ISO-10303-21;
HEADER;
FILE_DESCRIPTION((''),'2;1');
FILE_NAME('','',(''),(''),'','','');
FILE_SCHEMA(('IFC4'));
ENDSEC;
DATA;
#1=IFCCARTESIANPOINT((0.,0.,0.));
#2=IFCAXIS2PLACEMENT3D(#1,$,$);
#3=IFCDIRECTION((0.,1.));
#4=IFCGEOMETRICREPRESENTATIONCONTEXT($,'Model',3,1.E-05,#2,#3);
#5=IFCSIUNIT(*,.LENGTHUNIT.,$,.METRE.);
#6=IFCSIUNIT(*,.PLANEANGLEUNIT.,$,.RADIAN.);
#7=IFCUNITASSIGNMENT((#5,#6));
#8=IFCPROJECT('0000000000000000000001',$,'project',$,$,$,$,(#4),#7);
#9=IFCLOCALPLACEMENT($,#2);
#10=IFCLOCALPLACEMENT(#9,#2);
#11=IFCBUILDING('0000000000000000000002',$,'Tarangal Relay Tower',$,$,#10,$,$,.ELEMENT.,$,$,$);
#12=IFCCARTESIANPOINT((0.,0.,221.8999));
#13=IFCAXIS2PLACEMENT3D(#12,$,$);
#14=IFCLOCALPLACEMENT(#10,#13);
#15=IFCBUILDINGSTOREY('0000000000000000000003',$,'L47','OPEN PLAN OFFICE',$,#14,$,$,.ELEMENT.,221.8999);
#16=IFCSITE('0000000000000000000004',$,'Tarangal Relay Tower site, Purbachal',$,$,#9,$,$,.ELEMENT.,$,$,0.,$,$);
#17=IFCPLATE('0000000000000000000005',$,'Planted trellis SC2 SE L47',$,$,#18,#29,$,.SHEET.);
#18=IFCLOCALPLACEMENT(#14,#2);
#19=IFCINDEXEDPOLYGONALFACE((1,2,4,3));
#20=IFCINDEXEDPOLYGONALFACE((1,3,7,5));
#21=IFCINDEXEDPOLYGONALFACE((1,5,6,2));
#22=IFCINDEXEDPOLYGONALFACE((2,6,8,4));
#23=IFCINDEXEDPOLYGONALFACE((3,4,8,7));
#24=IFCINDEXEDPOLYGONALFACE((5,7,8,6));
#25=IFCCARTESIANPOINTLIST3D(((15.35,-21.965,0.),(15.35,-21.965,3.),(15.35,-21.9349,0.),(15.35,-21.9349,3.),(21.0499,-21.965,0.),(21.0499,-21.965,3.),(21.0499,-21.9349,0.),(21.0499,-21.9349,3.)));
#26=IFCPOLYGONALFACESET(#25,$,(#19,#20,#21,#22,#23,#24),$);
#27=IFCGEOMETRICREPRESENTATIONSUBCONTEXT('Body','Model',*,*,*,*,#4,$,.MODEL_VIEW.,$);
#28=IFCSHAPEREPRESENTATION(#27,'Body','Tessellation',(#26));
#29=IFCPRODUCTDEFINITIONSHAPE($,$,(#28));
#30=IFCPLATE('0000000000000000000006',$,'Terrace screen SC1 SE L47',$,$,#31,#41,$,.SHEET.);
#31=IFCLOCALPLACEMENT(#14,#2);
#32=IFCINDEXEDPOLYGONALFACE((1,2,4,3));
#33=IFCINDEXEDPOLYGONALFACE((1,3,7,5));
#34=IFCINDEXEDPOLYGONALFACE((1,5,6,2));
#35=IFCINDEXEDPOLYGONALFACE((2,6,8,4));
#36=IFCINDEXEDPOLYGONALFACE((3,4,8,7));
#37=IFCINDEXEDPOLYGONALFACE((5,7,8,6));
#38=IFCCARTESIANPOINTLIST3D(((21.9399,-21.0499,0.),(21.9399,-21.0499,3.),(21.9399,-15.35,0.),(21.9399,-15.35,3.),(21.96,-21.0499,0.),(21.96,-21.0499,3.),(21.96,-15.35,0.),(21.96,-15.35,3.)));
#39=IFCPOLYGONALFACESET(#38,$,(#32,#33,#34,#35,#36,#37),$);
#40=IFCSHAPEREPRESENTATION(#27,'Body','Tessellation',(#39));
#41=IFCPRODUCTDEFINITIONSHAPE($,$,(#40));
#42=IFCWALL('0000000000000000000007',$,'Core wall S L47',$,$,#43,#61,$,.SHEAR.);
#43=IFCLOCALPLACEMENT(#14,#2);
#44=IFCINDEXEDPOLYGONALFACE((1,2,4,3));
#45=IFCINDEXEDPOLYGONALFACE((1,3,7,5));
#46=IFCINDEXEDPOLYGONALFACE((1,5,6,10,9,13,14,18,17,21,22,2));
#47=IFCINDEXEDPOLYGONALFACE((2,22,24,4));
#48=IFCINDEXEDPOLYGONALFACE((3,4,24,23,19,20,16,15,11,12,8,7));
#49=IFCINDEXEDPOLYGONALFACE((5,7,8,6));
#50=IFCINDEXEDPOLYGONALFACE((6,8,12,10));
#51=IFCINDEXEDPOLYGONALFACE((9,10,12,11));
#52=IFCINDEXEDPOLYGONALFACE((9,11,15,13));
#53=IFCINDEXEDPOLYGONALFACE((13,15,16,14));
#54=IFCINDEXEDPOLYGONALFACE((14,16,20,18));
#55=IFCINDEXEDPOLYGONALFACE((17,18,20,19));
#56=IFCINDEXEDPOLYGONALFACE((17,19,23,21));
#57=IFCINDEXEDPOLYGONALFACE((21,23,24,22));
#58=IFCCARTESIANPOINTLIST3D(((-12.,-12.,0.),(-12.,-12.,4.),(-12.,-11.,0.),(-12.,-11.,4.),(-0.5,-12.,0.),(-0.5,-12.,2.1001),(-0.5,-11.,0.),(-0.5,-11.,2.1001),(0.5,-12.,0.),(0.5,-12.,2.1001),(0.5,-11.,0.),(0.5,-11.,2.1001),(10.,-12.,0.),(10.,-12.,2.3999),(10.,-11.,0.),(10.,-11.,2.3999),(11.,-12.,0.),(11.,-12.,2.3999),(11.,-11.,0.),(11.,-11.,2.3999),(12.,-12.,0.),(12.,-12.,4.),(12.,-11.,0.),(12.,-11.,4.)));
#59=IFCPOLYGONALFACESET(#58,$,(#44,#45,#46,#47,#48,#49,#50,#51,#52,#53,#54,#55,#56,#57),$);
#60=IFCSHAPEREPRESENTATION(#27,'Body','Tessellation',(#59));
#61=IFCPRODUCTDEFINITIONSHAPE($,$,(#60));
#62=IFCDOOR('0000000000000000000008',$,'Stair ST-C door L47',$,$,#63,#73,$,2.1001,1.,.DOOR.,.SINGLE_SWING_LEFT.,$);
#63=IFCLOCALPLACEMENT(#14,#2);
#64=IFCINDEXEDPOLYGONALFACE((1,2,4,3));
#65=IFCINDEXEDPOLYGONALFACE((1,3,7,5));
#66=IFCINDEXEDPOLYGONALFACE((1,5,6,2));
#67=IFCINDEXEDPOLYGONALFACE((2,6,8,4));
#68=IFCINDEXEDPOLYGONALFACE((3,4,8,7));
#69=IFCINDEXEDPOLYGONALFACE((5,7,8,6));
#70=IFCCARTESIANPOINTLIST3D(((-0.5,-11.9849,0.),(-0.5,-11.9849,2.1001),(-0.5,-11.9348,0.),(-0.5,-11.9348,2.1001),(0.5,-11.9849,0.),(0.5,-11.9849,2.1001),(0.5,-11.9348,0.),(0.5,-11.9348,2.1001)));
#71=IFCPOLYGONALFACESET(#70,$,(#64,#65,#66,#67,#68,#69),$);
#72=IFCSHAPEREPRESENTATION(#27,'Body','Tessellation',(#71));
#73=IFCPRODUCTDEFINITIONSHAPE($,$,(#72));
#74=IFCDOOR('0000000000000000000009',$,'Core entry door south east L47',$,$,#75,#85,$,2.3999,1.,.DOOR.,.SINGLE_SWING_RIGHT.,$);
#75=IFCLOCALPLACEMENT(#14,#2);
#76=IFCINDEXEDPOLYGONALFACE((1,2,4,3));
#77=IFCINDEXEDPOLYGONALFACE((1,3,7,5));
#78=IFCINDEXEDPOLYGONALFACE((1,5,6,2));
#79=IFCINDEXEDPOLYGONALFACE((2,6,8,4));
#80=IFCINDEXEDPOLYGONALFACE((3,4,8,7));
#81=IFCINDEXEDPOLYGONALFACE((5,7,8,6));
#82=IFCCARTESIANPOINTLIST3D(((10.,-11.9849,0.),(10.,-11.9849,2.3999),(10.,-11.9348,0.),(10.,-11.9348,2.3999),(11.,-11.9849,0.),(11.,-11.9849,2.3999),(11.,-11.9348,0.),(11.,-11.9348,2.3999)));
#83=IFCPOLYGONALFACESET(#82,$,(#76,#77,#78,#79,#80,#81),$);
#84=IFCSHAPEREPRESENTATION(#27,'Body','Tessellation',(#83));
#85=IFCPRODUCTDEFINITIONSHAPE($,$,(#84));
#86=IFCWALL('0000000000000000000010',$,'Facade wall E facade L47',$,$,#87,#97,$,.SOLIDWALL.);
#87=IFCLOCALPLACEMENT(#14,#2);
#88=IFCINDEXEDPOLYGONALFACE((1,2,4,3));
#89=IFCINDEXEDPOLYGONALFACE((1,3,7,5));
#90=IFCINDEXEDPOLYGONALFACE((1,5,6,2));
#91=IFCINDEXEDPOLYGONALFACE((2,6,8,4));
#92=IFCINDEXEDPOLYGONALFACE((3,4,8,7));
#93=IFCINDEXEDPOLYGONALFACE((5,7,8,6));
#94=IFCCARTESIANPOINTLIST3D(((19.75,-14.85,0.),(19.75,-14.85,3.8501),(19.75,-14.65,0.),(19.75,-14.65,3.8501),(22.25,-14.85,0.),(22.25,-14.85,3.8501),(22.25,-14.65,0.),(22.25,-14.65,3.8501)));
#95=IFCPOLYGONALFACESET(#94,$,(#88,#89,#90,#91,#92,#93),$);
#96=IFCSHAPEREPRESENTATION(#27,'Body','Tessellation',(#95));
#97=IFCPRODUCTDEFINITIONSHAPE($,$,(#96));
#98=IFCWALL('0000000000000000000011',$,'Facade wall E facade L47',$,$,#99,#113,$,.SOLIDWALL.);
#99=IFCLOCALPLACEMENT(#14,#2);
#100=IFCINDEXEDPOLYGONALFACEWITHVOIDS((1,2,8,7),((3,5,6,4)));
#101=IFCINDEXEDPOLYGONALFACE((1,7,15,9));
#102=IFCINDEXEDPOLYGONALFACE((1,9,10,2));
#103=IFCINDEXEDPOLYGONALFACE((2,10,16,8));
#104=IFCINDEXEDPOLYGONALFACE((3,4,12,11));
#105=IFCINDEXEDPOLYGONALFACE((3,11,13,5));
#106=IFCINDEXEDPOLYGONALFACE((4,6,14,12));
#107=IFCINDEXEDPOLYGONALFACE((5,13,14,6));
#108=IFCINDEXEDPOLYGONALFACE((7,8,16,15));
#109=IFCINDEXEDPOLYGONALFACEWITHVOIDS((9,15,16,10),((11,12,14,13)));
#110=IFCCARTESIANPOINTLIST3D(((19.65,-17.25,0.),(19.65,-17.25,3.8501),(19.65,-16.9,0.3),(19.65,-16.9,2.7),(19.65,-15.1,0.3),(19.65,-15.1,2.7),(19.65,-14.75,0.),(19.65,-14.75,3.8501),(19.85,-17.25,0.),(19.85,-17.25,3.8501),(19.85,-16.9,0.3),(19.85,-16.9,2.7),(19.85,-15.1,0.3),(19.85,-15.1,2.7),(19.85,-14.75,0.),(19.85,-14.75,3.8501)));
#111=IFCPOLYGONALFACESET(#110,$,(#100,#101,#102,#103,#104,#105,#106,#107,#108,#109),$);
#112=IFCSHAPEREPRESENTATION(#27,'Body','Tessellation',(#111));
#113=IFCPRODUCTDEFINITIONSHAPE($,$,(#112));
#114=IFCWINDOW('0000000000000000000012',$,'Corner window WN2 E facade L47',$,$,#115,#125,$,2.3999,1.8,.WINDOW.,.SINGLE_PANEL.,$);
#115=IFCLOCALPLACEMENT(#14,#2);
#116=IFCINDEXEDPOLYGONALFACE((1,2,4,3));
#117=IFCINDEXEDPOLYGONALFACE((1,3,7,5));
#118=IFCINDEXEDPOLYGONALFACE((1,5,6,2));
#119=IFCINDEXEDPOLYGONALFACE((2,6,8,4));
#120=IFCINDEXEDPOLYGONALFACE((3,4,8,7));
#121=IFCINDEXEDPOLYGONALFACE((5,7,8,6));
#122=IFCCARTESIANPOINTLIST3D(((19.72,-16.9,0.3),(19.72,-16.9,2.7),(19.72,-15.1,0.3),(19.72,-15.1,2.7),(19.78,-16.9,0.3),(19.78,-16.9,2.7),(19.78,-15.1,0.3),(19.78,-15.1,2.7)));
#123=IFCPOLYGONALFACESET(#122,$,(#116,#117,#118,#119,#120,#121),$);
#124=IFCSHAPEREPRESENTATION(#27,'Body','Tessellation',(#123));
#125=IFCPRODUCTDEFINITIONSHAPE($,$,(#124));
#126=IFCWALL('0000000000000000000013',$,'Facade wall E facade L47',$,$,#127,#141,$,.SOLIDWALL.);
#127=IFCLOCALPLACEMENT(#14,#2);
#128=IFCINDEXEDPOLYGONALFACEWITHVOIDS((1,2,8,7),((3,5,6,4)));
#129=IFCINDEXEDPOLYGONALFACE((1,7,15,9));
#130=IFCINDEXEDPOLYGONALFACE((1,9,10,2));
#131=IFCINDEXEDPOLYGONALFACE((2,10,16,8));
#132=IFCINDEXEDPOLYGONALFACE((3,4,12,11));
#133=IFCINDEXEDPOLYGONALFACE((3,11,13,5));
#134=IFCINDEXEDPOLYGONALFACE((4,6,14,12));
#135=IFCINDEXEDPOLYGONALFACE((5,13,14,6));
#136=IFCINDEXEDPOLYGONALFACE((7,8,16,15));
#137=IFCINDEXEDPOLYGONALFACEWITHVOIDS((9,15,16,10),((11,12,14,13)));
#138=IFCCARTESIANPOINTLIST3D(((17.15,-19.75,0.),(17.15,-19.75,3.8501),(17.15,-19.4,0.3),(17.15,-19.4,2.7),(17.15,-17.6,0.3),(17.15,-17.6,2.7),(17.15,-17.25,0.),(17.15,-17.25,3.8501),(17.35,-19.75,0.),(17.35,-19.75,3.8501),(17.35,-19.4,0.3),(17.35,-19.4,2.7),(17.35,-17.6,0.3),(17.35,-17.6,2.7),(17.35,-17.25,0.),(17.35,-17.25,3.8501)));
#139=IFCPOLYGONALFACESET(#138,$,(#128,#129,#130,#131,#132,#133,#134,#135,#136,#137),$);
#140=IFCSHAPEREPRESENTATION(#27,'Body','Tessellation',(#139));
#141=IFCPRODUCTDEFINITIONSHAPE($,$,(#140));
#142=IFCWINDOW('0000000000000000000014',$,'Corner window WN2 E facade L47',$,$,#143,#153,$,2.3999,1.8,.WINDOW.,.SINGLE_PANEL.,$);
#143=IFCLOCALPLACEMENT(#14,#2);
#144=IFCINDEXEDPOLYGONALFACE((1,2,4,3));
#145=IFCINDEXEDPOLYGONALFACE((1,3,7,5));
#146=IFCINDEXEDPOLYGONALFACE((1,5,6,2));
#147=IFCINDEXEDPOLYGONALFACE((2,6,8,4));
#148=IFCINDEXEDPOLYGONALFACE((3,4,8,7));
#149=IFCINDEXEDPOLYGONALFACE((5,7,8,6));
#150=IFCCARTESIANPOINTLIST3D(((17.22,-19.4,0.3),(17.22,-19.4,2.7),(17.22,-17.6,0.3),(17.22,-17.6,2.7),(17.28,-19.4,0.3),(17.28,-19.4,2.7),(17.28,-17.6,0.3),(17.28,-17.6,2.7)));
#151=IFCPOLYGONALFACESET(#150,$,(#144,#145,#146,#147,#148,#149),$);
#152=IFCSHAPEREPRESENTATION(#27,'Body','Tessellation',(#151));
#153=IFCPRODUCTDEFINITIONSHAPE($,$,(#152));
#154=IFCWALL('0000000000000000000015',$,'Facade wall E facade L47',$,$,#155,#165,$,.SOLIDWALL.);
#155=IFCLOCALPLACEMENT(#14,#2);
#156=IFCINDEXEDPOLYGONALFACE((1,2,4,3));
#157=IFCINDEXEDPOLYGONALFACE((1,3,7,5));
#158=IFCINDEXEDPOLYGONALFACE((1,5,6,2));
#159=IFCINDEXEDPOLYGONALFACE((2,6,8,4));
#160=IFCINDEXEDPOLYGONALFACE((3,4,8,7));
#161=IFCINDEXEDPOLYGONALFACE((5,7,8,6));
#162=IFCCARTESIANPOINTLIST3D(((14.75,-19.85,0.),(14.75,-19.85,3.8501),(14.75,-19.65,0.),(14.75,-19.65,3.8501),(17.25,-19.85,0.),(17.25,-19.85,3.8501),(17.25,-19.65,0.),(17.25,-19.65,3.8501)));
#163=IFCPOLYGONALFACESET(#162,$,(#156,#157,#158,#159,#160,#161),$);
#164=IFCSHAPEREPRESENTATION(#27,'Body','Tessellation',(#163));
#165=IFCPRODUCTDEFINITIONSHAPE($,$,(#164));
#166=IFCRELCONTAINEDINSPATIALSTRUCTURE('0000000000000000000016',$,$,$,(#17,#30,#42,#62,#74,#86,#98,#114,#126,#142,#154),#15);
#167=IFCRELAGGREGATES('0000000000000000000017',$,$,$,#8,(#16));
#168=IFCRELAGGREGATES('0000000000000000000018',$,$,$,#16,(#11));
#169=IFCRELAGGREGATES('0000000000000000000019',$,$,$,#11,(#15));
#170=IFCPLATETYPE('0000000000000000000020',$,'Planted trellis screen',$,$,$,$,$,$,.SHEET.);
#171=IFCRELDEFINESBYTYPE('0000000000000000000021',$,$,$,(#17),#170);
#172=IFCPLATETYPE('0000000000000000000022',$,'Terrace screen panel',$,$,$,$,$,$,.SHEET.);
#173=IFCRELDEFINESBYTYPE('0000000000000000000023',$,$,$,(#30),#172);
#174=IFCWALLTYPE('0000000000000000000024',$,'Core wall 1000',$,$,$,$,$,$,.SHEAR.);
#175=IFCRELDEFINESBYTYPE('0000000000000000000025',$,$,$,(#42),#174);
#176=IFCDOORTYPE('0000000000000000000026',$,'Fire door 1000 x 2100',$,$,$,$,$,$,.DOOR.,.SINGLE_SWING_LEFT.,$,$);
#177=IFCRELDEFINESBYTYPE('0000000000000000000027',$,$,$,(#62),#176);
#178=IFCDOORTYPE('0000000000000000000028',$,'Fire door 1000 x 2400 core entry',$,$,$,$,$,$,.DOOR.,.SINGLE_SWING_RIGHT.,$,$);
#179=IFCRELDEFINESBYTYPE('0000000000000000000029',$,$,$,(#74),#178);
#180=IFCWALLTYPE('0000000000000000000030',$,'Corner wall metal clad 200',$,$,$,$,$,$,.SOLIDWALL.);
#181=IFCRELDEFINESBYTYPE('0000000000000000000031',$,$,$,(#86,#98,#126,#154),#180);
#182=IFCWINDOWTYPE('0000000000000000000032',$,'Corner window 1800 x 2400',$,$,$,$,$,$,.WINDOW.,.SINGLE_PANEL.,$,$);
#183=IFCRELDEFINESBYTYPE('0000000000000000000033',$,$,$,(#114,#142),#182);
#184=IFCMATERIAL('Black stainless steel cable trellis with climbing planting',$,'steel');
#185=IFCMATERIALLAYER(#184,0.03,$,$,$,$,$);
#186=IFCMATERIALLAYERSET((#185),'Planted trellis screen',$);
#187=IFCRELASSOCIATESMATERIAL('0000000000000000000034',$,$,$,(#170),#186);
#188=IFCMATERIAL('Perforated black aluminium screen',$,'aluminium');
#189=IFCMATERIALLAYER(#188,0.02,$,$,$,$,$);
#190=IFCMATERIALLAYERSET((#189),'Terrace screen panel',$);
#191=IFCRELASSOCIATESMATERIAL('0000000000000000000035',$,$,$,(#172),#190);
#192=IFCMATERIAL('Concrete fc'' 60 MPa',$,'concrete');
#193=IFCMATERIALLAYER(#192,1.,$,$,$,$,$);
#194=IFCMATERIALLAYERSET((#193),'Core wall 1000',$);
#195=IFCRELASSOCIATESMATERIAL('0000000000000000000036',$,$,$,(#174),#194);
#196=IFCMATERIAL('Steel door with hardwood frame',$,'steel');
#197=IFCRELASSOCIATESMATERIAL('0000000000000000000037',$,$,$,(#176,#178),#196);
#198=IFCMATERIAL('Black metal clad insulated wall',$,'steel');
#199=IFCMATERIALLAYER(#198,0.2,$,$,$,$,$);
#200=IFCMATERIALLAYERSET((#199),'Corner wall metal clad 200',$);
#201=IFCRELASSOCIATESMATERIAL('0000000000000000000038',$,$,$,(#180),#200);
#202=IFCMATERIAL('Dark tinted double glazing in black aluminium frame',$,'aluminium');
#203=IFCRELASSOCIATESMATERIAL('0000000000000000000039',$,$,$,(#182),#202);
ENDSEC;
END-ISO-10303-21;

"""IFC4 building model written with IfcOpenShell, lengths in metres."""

from ifc_helpers import new_model, si_unit, direction, frame, frame_2d, origin, origin_2d, place, context, subcontext, project, spatial, rectangle, extrude, material, layer, layer_set, type_object, element, fill, save


model = new_model("IFC4")

# Units and contexts
model_context = context("Model", 3, precision=1e-05, world=origin(), true_north=direction((0.0, 1.0)))
body_context = subcontext(model_context, "Body", "Model", "MODEL_VIEW")
ifc_project = project(units=[si_unit("LENGTHUNIT", "METRE"), si_unit("PLANEANGLEUNIT", "RADIAN")], contexts=[model_context])

# Site, building, storey
site_placement = place(None, origin())
site = spatial("IfcSite", under=ifc_project, at=site_placement, Name="Tarangal Relay Tower site, Purbachal", CompositionType="ELEMENT", RefElevation=0.0)
building_placement = place(site_placement, origin())
building = spatial("IfcBuilding", under=site, at=building_placement, Name="Tarangal Relay Tower", CompositionType="ELEMENT")
storey_placement = place(building_placement, frame((0.0, 0.0, 221.8999)))
storey = spatial("IfcBuildingStorey", under=building, at=storey_placement, Name="L47", Description="OPEN PLAN OFFICE", CompositionType="ELEMENT", Elevation=221.8999)

# Plates
ifc_material_1 = material(Name="Black stainless steel cable trellis with climbing planting", Category="steel")
ifc_layer_1 = layer(ifc_material_1, 0.03)
ifc_layer_set_1 = layer_set([ifc_layer_1], Name="Planted trellis screen")
plate_type_1 = type_object("IfcPlateType", Name="Planted trellis screen", PredefinedType="SHEET", material=ifc_layer_set_1)
plate_1_placement = place(storey_placement, frame((18.2, -21.95, 0.0), z_axis=(0.0, 0.0, 1.0), x_axis=(-1.0, 0.0, 0.0)))
element("IfcPlate", 1, at=plate_1_placement, inside=storey, type_object=plate_type_1, Name="Planted trellis SC2 SE L47", PredefinedType="SHEET", context=body_context, shape_type="SweptSolid", body=[
    extrude(rectangle(XDim=5.7, YDim=0.03, at=origin_2d()), origin(), (0.0, 0.0, 1.0), 3.0),
])
ifc_material_2 = material(Name="Perforated black aluminium screen", Category="aluminium")
ifc_layer_2 = layer(ifc_material_2, 0.02)
ifc_layer_set_2 = layer_set([ifc_layer_2], Name="Terrace screen panel")
plate_type_2 = type_object("IfcPlateType", Name="Terrace screen panel", PredefinedType="SHEET", material=ifc_layer_set_2)
plate_2_placement = place(storey_placement, frame((21.95, -18.2, 0.0), z_axis=(0.0, 0.0, 1.0), x_axis=(0.0, -1.0, 0.0)))
element("IfcPlate", 2, at=plate_2_placement, inside=storey, type_object=plate_type_2, Name="Terrace screen SC1 SE L47", PredefinedType="SHEET", context=body_context, shape_type="SweptSolid", body=[
    extrude(rectangle(XDim=5.7, YDim=0.02, at=origin_2d()), origin(), (0.0, 0.0, 1.0), 3.0),
])

# Wall, openings, doors
ifc_material_3 = material(Name="Concrete fc' 60 MPa", Category="concrete")
ifc_layer_3 = layer(ifc_material_3, 1.0)
ifc_layer_set_3 = layer_set([ifc_layer_3], Name="Core wall 1000")
wall_type_1 = type_object("IfcWallType", Name="Core wall 1000", PredefinedType="SHEAR", material=ifc_layer_set_3)
wall_1_placement = place(storey_placement, frame((12.0, -11.5, 0.0), z_axis=(0.0, 0.0, 1.0), x_axis=(-1.0, 0.0, 0.0)))
wall_1 = element("IfcWall", 3, at=wall_1_placement, inside=storey, type_object=wall_type_1, Name="Core wall S L47", PredefinedType="SHEAR", context=body_context, shape_type="SweptSolid", body=[
    extrude(rectangle(XDim=24.0, YDim=1.0, at=frame_2d((12.0, 0.0))), origin(), (0.0, 0.0, 1.0), 4.0),
])
opening_1_placement = place(wall_1_placement, frame((11.5, 0.0, 0.0)))
opening_1 = element("IfcOpeningElement", 4, at=opening_1_placement, cuts=wall_1, PredefinedType="OPENING", context=body_context, shape_type="SweptSolid", body=[
    extrude(rectangle(XDim=1.0, YDim=2.1001, at=frame_2d((0.5, 1.05))), frame((0.0, 0.51, 0.0), z_axis=(0.0, -1.0, 0.0), x_axis=(1.0, 0.0, 0.0)), (0.0, 0.0, 1.0), 1.02),
])
opening_2_placement = place(wall_1_placement, frame((1.0, 0.0, 0.0)))
opening_2 = element("IfcOpeningElement", 5, at=opening_2_placement, cuts=wall_1, PredefinedType="OPENING", context=body_context, shape_type="SweptSolid", body=[
    extrude(rectangle(XDim=1.0, YDim=2.3999, at=frame_2d((0.5, 1.2))), frame((0.0, 0.51, 0.0), z_axis=(0.0, -1.0, 0.0), x_axis=(1.0, 0.0, 0.0)), (0.0, 0.0, 1.0), 1.02),
])
ifc_material_4 = material(Name="Steel door with hardwood frame", Category="steel")
door_type_1 = type_object("IfcDoorType", Name="Fire door 1000 x 2100", OperationType="SINGLE_SWING_LEFT", PredefinedType="DOOR", material=ifc_material_4)
door_1_placement = place(opening_1_placement, origin())
door_1 = element("IfcDoor", 6, at=door_1_placement, inside=storey, type_object=door_type_1, Name="Stair ST-C door L47", OperationType="SINGLE_SWING_LEFT", OverallHeight=2.1001, OverallWidth=1.0, PredefinedType="DOOR", context=body_context, shape_type="SweptSolid", body=[
    extrude(rectangle(XDim=1.0, YDim=2.1001, at=frame_2d((0.5, 1.05))), frame((0.0, 0.4849, 0.0), z_axis=(0.0, -1.0, 0.0), x_axis=(1.0, 0.0, 0.0)), (0.0, 0.0, 1.0), 0.05),
])
fill(opening_1, door_1)
door_type_2 = type_object("IfcDoorType", Name="Fire door 1000 x 2400 core entry", OperationType="SINGLE_SWING_RIGHT", PredefinedType="DOOR", material=ifc_material_4)
door_2_placement = place(opening_2_placement, origin())
door_2 = element("IfcDoor", 7, at=door_2_placement, inside=storey, type_object=door_type_2, Name="Core entry door south east L47", OperationType="SINGLE_SWING_RIGHT", OverallHeight=2.3999, OverallWidth=1.0, PredefinedType="DOOR", context=body_context, shape_type="SweptSolid", body=[
    extrude(rectangle(XDim=1.0, YDim=2.3999, at=frame_2d((0.5, 1.2))), frame((0.0, 0.4849, 0.0), z_axis=(0.0, -1.0, 0.0), x_axis=(1.0, 0.0, 0.0)), (0.0, 0.0, 1.0), 0.05),
])
fill(opening_2, door_2)

# Wall
ifc_material_5 = material(Name="Black metal clad insulated wall", Category="steel")
ifc_layer_4 = layer(ifc_material_5, 0.2)
ifc_layer_set_4 = layer_set([ifc_layer_4], Name="Corner wall metal clad 200")
wall_type_2 = type_object("IfcWallType", Name="Corner wall metal clad 200", PredefinedType="SOLIDWALL", material=ifc_layer_set_4)
wall_2_placement = place(storey_placement, frame((22.25, -14.75, 0.0), z_axis=(0.0, 0.0, 1.0), x_axis=(-1.0, 0.0, 0.0)))
element("IfcWall", 8, at=wall_2_placement, inside=storey, type_object=wall_type_2, Name="Facade wall E facade L47", PredefinedType="SOLIDWALL", context=body_context, shape_type="SweptSolid", body=[
    extrude(rectangle(XDim=2.5, YDim=0.2, at=frame_2d((1.25, 0.0))), origin(), (0.0, 0.0, 1.0), 3.8501),
])

# Wall, opening, window
wall_3_placement = place(storey_placement, frame((19.75, -14.75, 0.0), z_axis=(0.0, 0.0, 1.0), x_axis=(0.0, -1.0, 0.0)))
wall_3 = element("IfcWall", 9, at=wall_3_placement, inside=storey, type_object=wall_type_2, Name="Facade wall E facade L47", PredefinedType="SOLIDWALL", context=body_context, shape_type="SweptSolid", body=[
    extrude(rectangle(XDim=2.5, YDim=0.2, at=frame_2d((1.25, 0.0))), origin(), (0.0, 0.0, 1.0), 3.8501),
])
opening_3_placement = place(wall_3_placement, frame((0.3501, 0.0, 0.3)))
opening_3 = element("IfcOpeningElement", 10, at=opening_3_placement, cuts=wall_3, PredefinedType="OPENING", context=body_context, shape_type="SweptSolid", body=[
    extrude(rectangle(XDim=1.8, YDim=2.3999, at=frame_2d((0.8999, 1.2))), frame((0.0, 0.1099, 0.0), z_axis=(0.0, -1.0, 0.0), x_axis=(1.0, 0.0, 0.0)), (0.0, 0.0, 1.0), 0.22),
])
ifc_material_6 = material(Name="Dark tinted double glazing in black aluminium frame", Category="aluminium")
window_type = type_object("IfcWindowType", Name="Corner window 1800 x 2400", PartitioningType="SINGLE_PANEL", PredefinedType="WINDOW", material=ifc_material_6)
window_1_placement = place(opening_3_placement, origin())
window_1 = element("IfcWindow", 11, at=window_1_placement, inside=storey, type_object=window_type, Name="Corner window WN2 E facade L47", OverallHeight=2.3999, OverallWidth=1.8, PartitioningType="SINGLE_PANEL", PredefinedType="WINDOW", context=body_context, shape_type="SweptSolid", body=[
    extrude(rectangle(XDim=1.8, YDim=2.3999, at=frame_2d((0.8999, 1.2))), frame((0.0, 0.03, 0.0), z_axis=(0.0, -1.0, 0.0), x_axis=(1.0, 0.0, 0.0)), (0.0, 0.0, 1.0), 0.0601),
])
fill(opening_3, window_1)

# Wall, opening, window
wall_4_placement = place(storey_placement, frame((17.25, -17.25, 0.0), z_axis=(0.0, 0.0, 1.0), x_axis=(0.0, -1.0, 0.0)))
wall_4 = element("IfcWall", 12, at=wall_4_placement, inside=storey, type_object=wall_type_2, Name="Facade wall E facade L47", PredefinedType="SOLIDWALL", context=body_context, shape_type="SweptSolid", body=[
    extrude(rectangle(XDim=2.5, YDim=0.2, at=frame_2d((1.25, 0.0))), origin(), (0.0, 0.0, 1.0), 3.8501),
])
opening_4_placement = place(wall_4_placement, frame((0.3501, 0.0, 0.3)))
opening_4 = element("IfcOpeningElement", 13, at=opening_4_placement, cuts=wall_4, PredefinedType="OPENING", context=body_context, shape_type="SweptSolid", body=[
    extrude(rectangle(XDim=1.8, YDim=2.3999, at=frame_2d((0.8999, 1.2))), frame((0.0, 0.1099, 0.0), z_axis=(0.0, -1.0, 0.0), x_axis=(1.0, 0.0, 0.0)), (0.0, 0.0, 1.0), 0.22),
])
window_2_placement = place(opening_4_placement, origin())
window_2 = element("IfcWindow", 14, at=window_2_placement, inside=storey, type_object=window_type, Name="Corner window WN2 E facade L47", OverallHeight=2.3999, OverallWidth=1.8, PartitioningType="SINGLE_PANEL", PredefinedType="WINDOW", context=body_context, shape_type="SweptSolid", body=[
    extrude(rectangle(XDim=1.8, YDim=2.3999, at=frame_2d((0.8999, 1.2))), frame((0.0, 0.03, 0.0), z_axis=(0.0, -1.0, 0.0), x_axis=(1.0, 0.0, 0.0)), (0.0, 0.0, 1.0), 0.0601),
])
fill(opening_4, window_2)

# Wall
wall_5_placement = place(storey_placement, frame((17.25, -19.75, 0.0), z_axis=(0.0, 0.0, 1.0), x_axis=(-1.0, 0.0, 0.0)))
element("IfcWall", 15, at=wall_5_placement, inside=storey, type_object=wall_type_2, Name="Facade wall E facade L47", PredefinedType="SOLIDWALL", context=body_context, shape_type="SweptSolid", body=[
    extrude(rectangle(XDim=2.5, YDim=0.2, at=frame_2d((1.25, 0.0))), origin(), (0.0, 0.0, 1.0), 3.8501),
])

save(model, "model.ifc")
